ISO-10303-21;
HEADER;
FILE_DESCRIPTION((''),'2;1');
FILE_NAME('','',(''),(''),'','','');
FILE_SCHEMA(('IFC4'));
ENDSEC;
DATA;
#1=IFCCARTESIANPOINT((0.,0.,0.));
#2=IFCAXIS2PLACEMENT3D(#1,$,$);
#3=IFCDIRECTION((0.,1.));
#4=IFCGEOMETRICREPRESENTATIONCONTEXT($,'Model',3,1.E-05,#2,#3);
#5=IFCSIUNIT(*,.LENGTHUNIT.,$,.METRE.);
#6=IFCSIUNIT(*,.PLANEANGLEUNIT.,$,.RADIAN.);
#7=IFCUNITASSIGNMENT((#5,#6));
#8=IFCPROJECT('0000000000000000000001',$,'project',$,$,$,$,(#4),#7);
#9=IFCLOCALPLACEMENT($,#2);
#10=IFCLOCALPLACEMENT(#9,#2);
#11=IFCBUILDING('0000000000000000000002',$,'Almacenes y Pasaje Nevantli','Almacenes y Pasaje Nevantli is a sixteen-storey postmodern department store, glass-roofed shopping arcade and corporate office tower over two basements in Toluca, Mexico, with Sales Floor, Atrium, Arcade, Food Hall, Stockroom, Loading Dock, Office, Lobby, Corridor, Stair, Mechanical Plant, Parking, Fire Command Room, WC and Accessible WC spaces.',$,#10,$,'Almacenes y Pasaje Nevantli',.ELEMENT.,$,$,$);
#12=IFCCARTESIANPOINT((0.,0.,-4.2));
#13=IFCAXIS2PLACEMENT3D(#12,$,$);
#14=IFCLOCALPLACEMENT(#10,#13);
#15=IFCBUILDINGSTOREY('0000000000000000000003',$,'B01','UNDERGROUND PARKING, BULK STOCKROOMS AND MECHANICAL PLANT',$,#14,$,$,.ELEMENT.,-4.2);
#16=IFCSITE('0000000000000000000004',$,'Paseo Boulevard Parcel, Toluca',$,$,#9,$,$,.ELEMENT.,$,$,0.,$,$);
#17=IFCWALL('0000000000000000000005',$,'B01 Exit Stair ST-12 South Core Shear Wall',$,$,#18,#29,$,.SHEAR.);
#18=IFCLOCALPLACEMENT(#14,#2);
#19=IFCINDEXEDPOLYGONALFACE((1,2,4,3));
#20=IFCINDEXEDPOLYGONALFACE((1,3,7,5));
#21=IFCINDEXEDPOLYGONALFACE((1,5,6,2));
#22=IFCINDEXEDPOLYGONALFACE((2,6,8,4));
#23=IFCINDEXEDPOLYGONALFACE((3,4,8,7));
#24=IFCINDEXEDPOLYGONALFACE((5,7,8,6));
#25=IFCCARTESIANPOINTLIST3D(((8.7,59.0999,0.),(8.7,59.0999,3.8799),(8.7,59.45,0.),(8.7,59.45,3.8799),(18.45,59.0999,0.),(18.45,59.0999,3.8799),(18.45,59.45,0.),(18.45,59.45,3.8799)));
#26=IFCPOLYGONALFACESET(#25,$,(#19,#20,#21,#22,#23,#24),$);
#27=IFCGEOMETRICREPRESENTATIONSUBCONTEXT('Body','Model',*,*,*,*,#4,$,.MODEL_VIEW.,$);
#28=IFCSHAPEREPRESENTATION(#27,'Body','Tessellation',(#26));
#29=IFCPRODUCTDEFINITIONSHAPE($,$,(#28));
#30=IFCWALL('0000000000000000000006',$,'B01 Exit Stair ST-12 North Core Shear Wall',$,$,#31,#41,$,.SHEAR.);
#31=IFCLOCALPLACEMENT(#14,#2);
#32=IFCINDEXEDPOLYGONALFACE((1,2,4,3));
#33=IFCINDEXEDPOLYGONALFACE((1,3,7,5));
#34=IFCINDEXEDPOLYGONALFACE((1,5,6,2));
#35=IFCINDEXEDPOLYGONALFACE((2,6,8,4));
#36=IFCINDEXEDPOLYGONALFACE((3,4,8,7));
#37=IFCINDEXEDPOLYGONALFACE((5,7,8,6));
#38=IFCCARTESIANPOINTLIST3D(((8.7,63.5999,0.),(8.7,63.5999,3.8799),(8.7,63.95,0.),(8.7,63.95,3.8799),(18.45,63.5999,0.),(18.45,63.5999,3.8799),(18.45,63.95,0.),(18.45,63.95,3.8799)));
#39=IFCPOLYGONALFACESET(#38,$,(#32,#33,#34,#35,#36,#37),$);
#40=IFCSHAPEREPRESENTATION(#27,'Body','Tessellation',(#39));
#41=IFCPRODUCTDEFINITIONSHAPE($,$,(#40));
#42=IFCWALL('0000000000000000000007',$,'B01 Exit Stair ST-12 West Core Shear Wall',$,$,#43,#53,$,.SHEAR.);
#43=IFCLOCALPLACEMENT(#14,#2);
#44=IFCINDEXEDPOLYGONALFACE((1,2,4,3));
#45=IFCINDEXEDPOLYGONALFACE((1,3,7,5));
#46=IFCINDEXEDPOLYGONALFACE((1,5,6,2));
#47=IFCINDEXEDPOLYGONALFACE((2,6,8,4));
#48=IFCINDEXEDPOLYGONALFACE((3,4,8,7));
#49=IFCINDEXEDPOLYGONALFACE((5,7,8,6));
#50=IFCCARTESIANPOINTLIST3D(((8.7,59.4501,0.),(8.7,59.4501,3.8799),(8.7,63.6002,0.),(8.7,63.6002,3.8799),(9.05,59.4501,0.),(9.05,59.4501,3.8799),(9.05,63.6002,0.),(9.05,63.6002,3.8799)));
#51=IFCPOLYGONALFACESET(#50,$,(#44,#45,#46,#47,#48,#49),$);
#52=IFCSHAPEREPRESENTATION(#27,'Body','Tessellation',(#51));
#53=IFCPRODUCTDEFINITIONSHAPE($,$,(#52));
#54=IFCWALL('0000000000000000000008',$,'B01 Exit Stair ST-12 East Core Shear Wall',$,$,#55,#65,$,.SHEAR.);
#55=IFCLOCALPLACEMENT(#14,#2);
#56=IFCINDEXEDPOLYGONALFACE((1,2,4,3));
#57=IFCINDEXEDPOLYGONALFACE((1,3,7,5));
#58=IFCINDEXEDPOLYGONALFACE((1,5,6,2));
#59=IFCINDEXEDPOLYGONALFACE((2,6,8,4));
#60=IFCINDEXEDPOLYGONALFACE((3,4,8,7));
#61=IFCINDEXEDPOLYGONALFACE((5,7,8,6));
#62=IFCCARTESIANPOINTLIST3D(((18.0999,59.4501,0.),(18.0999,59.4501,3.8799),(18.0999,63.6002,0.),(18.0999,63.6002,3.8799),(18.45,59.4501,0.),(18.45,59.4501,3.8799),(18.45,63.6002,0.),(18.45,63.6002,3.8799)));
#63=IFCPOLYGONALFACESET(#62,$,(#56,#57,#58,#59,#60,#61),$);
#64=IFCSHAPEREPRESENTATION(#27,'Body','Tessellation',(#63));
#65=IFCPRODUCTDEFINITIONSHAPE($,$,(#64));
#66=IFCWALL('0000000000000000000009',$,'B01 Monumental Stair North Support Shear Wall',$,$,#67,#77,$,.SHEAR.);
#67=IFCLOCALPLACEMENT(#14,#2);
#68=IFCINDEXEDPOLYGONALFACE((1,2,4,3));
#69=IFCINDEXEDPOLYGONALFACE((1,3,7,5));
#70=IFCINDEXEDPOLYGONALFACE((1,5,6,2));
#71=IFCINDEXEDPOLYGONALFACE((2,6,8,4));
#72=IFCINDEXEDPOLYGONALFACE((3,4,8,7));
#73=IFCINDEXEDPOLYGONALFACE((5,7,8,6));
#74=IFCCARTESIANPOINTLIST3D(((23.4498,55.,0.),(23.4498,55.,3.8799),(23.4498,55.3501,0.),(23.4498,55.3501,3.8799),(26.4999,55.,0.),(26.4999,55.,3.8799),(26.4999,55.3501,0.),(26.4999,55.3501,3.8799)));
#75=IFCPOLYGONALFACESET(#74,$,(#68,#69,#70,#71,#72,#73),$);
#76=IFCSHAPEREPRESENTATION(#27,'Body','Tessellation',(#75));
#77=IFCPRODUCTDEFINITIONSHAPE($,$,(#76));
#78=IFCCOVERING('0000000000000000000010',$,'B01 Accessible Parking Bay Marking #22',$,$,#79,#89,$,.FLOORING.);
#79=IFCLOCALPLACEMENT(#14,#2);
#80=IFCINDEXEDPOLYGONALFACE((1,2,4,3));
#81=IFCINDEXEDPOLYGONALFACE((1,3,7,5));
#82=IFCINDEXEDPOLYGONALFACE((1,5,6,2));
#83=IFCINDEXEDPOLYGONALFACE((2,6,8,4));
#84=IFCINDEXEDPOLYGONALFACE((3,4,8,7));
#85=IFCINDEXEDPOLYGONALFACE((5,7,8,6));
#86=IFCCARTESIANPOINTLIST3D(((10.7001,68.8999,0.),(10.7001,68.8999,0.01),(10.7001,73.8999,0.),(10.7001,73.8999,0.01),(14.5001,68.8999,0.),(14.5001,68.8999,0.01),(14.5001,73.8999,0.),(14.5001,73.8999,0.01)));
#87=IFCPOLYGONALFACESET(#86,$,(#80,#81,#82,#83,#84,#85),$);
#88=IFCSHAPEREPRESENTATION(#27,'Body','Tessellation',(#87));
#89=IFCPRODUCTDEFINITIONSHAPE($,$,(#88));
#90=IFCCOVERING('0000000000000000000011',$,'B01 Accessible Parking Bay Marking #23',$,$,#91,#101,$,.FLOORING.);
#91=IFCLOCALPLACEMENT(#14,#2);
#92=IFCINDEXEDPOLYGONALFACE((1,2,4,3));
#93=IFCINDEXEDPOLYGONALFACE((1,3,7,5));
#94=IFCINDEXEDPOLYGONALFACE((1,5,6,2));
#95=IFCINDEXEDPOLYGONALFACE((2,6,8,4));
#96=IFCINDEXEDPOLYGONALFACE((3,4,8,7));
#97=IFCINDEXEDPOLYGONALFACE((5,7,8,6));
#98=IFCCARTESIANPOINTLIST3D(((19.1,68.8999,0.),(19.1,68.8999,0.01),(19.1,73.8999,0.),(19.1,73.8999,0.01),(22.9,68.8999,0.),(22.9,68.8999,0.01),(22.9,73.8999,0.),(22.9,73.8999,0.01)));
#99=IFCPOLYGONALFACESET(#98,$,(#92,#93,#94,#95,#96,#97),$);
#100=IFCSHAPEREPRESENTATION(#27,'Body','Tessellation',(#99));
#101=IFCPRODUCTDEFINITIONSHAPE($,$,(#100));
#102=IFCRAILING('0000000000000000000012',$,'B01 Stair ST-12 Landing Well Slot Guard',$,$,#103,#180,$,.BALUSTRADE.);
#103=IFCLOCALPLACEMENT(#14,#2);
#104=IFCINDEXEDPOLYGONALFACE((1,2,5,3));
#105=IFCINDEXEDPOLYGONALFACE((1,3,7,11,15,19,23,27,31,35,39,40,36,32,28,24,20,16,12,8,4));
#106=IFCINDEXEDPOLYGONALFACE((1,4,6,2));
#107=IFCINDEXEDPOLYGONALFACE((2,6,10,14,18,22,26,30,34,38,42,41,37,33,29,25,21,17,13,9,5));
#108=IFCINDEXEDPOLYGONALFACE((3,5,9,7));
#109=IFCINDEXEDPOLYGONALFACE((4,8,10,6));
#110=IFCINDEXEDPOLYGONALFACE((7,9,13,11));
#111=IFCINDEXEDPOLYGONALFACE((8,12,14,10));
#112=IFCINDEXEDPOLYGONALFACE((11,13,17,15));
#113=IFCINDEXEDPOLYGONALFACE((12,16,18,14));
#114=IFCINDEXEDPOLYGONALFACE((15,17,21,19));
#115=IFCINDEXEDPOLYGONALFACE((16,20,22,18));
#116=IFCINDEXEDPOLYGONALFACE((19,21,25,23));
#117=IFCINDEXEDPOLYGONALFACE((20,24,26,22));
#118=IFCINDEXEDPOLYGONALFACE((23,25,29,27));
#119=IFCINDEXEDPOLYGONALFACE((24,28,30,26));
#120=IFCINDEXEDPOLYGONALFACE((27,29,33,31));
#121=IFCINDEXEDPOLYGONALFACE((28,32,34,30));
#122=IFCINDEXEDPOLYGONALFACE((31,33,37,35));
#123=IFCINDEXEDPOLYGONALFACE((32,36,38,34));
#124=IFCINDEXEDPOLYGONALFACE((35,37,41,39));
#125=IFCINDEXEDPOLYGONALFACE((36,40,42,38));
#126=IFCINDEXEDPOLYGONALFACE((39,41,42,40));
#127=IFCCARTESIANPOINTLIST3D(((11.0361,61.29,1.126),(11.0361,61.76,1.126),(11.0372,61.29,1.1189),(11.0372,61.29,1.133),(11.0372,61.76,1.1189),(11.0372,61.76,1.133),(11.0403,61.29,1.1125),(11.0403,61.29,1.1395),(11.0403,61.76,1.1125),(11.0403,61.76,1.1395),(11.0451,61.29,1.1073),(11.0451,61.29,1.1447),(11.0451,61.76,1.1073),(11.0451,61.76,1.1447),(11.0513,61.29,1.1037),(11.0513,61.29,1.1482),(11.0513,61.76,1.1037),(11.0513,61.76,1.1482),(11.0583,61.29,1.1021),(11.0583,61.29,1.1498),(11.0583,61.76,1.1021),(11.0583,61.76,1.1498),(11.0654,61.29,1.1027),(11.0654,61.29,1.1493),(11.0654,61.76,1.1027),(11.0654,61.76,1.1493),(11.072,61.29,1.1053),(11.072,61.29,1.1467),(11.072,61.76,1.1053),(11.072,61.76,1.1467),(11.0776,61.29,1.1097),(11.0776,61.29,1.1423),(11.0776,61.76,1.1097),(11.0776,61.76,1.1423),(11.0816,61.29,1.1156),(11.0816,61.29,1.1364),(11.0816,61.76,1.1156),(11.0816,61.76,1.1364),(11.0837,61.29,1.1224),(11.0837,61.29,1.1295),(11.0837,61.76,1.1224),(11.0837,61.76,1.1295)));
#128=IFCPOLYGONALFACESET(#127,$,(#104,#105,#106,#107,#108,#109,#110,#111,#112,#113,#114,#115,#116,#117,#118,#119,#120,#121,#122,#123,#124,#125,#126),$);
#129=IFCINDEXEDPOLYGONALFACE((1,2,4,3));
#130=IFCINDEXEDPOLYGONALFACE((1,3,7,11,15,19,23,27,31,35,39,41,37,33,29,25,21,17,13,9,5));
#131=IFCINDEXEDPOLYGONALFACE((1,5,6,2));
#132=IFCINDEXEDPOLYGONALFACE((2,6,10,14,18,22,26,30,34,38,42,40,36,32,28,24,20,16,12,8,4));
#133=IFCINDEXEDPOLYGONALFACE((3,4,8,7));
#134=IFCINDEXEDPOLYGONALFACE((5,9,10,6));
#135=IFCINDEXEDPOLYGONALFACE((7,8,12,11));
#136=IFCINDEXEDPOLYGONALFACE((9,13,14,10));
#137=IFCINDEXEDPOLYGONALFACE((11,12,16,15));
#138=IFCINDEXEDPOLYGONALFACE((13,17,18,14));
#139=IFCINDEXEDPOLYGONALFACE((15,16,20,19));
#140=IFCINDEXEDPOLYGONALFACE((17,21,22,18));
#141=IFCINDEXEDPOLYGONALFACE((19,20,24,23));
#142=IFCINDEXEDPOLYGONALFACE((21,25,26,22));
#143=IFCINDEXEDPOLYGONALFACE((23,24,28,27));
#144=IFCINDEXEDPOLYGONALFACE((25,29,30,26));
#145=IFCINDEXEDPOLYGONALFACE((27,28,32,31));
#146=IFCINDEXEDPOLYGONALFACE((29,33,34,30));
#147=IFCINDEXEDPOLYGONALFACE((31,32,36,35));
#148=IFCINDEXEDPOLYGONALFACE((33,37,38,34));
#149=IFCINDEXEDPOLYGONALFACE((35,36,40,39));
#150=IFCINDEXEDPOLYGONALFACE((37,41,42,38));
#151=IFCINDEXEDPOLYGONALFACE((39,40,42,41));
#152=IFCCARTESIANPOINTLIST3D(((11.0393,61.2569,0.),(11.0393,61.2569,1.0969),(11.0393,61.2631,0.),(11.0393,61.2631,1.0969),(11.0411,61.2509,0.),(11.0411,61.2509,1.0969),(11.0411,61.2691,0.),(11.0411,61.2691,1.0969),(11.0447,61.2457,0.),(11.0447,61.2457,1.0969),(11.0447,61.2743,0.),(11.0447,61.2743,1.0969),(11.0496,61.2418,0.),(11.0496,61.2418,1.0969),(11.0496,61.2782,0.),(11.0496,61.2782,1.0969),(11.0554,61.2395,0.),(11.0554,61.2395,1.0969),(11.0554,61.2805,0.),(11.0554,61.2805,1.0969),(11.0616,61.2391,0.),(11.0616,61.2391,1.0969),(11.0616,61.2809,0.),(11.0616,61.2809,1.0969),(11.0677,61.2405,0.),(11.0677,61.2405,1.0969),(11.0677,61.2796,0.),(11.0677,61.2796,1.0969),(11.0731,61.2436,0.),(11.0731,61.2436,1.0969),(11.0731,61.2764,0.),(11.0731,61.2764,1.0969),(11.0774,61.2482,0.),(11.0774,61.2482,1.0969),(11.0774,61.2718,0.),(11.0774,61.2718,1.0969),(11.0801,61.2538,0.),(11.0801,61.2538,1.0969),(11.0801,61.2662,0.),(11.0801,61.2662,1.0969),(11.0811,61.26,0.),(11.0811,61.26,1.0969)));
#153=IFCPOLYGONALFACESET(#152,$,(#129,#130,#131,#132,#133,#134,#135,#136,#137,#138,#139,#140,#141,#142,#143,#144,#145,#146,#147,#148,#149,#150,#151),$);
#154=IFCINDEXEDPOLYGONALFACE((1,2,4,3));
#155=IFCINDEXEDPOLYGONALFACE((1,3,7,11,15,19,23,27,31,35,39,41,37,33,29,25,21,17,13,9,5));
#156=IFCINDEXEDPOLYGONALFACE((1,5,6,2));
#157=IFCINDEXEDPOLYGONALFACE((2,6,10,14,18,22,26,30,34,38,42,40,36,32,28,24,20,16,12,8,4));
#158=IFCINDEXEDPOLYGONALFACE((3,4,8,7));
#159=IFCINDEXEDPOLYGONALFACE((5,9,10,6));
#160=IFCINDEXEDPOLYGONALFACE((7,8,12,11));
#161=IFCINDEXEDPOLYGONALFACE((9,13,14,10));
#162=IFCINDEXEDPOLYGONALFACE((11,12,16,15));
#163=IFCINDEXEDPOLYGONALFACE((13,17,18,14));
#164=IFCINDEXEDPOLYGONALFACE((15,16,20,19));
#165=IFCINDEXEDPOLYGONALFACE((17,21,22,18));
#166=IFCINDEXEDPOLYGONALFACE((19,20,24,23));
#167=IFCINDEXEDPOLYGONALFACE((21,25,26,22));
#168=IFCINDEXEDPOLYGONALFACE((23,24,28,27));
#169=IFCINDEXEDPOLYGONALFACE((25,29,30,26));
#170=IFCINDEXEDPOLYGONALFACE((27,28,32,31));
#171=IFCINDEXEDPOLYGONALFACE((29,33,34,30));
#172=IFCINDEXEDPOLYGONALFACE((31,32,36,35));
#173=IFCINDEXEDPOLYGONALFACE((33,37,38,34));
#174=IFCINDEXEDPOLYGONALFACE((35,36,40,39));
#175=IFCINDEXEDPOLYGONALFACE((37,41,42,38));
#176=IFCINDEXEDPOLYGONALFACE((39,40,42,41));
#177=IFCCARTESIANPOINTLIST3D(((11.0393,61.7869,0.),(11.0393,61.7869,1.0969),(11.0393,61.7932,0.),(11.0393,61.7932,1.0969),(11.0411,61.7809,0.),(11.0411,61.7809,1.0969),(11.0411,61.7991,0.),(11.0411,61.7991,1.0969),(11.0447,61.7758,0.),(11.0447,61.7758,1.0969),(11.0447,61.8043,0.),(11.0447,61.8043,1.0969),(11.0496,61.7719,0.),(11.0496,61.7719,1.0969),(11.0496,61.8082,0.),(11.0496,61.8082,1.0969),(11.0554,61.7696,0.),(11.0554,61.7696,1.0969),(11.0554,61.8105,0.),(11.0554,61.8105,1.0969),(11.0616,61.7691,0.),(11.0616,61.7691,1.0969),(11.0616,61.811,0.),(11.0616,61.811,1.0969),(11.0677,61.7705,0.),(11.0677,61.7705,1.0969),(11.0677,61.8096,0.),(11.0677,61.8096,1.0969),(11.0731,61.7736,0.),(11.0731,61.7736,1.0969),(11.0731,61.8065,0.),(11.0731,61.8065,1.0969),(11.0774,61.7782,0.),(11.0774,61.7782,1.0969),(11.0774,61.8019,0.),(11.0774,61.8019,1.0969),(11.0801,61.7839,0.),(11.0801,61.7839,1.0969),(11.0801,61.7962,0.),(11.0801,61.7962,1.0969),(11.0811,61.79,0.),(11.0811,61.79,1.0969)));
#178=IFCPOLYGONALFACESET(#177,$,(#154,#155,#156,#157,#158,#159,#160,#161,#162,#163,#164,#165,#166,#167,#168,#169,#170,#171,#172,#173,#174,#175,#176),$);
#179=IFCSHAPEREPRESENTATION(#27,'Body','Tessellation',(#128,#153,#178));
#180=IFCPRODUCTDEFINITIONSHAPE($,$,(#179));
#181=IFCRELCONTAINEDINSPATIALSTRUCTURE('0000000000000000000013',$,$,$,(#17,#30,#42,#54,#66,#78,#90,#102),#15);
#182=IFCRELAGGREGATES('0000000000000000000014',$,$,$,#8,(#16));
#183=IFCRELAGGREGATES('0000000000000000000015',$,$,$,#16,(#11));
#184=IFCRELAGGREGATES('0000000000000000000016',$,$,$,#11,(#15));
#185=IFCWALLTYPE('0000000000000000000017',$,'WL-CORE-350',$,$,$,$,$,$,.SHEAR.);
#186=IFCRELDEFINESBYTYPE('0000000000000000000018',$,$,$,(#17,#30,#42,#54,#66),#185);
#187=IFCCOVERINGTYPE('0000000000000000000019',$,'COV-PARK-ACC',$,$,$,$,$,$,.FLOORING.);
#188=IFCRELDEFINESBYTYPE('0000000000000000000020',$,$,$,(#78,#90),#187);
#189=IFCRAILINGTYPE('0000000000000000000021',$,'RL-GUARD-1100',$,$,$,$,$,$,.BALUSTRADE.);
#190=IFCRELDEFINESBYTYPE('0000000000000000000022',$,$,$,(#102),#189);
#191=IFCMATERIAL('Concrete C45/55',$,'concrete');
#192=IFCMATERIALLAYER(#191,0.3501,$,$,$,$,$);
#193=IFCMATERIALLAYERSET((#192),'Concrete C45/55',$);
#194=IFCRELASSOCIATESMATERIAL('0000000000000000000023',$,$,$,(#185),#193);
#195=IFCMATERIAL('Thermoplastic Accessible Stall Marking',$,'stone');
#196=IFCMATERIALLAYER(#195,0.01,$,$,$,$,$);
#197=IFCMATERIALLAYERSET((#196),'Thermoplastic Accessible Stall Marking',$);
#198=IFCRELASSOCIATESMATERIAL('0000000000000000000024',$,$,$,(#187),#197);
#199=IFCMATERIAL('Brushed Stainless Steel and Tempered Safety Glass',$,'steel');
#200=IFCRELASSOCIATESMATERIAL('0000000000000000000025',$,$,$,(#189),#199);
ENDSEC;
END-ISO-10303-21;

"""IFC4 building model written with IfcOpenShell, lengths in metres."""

from ifc_helpers import new_model, si_unit, direction, frame, frame_2d, origin, origin_2d, place, context, subcontext, project, spatial, rectangle, circle, extrude, material, layer, layer_set, type_object, element, save


model = new_model("IFC4")

# Units and contexts
model_context = context("Model", 3, precision=1e-05, world=origin(), true_north=direction((0.0, 1.0)))
body_context = subcontext(model_context, "Body", "Model", "MODEL_VIEW")
ifc_project = project(units=[si_unit("LENGTHUNIT", "METRE"), si_unit("PLANEANGLEUNIT", "RADIAN")], contexts=[model_context])

# Site, building, storey
site_placement = place(None, origin())
site = spatial("IfcSite", under=ifc_project, at=site_placement, Name="Paseo Boulevard Parcel, Toluca", CompositionType="ELEMENT", RefElevation=0.0)
building_placement = place(site_placement, origin())
building = spatial("IfcBuilding", under=site, at=building_placement, Name="Almacenes y Pasaje Nevantli", Description="Almacenes y Pasaje Nevantli is a sixteen-storey postmodern department store, glass-roofed shopping arcade and corporate office tower over two basements in Toluca, Mexico, with Sales Floor, Atrium, Arcade, Food Hall, Stockroom, Loading Dock, Office, Lobby, Corridor, Stair, Mechanical Plant, Parking, Fire Command Room, WC and Accessible WC spaces.", LongName="Almacenes y Pasaje Nevantli", CompositionType="ELEMENT")
storey_placement = place(building_placement, frame((0.0, 0.0, -4.2)))
storey = spatial("IfcBuildingStorey", under=building, at=storey_placement, Name="B01", Description="UNDERGROUND PARKING, BULK STOCKROOMS AND MECHANICAL PLANT", CompositionType="ELEMENT", Elevation=-4.2)

# Walls
ifc_material_1 = material(Name="Concrete C45/55", Category="concrete")
ifc_layer_1 = layer(ifc_material_1, 0.3501)
ifc_layer_set_1 = layer_set([ifc_layer_1], Name="Concrete C45/55")
wall_type = type_object("IfcWallType", Name="WL-CORE-350", PredefinedType="SHEAR", material=ifc_layer_set_1)
for number, where, z_axis, x_axis, name in (
    (1, (8.7, 59.2749, 0.0), (0.0, 0.0, 1.0), (1.0, 0.0, 0.0), "B01 Exit Stair ST-12 South Core Shear Wall"),
    (2, (8.7, 63.7749, 0.0), (0.0, 0.0, 1.0), (1.0, 0.0, 0.0), "B01 Exit Stair ST-12 North Core Shear Wall"),
):
    element("IfcWall", number, at=place(storey_placement, frame(where, z_axis=z_axis, x_axis=x_axis)), inside=storey, type_object=wall_type, Name=name, PredefinedType="SHEAR", context=body_context, shape_type="SweptSolid", body=[
        extrude(rectangle(XDim=9.75, YDim=0.3501, at=frame_2d((4.875, 0.0))), origin(), (0.0, 0.0, 1.0), 3.8799),
    ])
for number, where, z_axis, x_axis, name in (
    (3, (8.875, 59.45, 0.0), (0.0, 0.0, 1.0), (0.0, 1.0, 0.0), "B01 Exit Stair ST-12 West Core Shear Wall"),
    (4, (18.2749, 59.45, 0.0), (0.0, 0.0, 1.0), (0.0, 1.0, 0.0), "B01 Exit Stair ST-12 East Core Shear Wall"),
):
    element("IfcWall", number, at=place(storey_placement, frame(where, z_axis=z_axis, x_axis=x_axis)), inside=storey, type_object=wall_type, Name=name, PredefinedType="SHEAR", context=body_context, shape_type="SweptSolid", body=[
        extrude(rectangle(XDim=4.1501, YDim=0.3501, at=frame_2d((2.0752, 0.0))), origin(), (0.0, 0.0, 1.0), 3.8799),
    ])
wall_placement = place(storey_placement, frame((23.45, 55.175, 0.0), z_axis=(0.0, 0.0, 1.0), x_axis=(1.0, 0.0, 0.0)))
element("IfcWall", 5, at=wall_placement, inside=storey, type_object=wall_type, Name="B01 Monumental Stair North Support Shear Wall", PredefinedType="SHEAR", context=body_context, shape_type="SweptSolid", body=[
    extrude(rectangle(XDim=3.05, YDim=0.3501, at=frame_2d((1.5249, 0.0))), origin(), (0.0, 0.0, 1.0), 3.8799),
])

# Coverings
ifc_material_2 = material(Name="Thermoplastic Accessible Stall Marking", Category="stone")
ifc_layer_2 = layer(ifc_material_2, 0.01)
ifc_layer_set_2 = layer_set([ifc_layer_2], Name="Thermoplastic Accessible Stall Marking")
covering_type = type_object("IfcCoveringType", Name="COV-PARK-ACC", PredefinedType="FLOORING", material=ifc_layer_set_2)
for number, where, z_axis, x_axis, name in (
    (6, (12.6001, 71.3999, 0.0), (0.0, 0.0, 1.0), (1.0, 0.0, 0.0), "B01 Accessible Parking Bay Marking #22"),
    (7, (21.0, 71.3999, 0.0), (0.0, 0.0, 1.0), (1.0, 0.0, 0.0), "B01 Accessible Parking Bay Marking #23"),
):
    element("IfcCovering", number, at=place(storey_placement, frame(where, z_axis=z_axis, x_axis=x_axis)), inside=storey, type_object=covering_type, Name=name, PredefinedType="FLOORING", context=body_context, shape_type="SweptSolid", body=[
        extrude(rectangle(XDim=3.8, YDim=5.0, at=origin_2d()), origin(), (0.0, 0.0, 1.0), 0.01),
    ])

# Railing
ifc_material_3 = material(Name="Brushed Stainless Steel and Tempered Safety Glass", Category="steel")
railing_type = type_object("IfcRailingType", Name="RL-GUARD-1100", PredefinedType="BALUSTRADE", material=ifc_material_3)
railing_placement = place(storey_placement, frame((11.0601, 61.26, 0.0)))
element("IfcRailing", 8, at=railing_placement, inside=storey, type_object=railing_type, Name="B01 Stair ST-12 Landing Well Slot Guard", PredefinedType="BALUSTRADE", context=body_context, shape_type="SweptSolid", body=[
    extrude(circle(Radius=0.0239, at=origin_2d()), frame((0.0, 0.03, 1.126), z_axis=(0.0, 1.0, 0.0), x_axis=(-1.0, 0.0, 0.0)), (0.0, 0.0, 1.0), 0.47),
    extrude(circle(Radius=0.021, at=origin_2d()), origin(), (0.0, 0.0, 1.0), 1.0969),
    extrude(circle(Radius=0.021, at=origin_2d()), frame((0.0, 0.53, 0.0)), (0.0, 0.0, 1.0), 1.0969),
])

save(model, "model.ifc")
